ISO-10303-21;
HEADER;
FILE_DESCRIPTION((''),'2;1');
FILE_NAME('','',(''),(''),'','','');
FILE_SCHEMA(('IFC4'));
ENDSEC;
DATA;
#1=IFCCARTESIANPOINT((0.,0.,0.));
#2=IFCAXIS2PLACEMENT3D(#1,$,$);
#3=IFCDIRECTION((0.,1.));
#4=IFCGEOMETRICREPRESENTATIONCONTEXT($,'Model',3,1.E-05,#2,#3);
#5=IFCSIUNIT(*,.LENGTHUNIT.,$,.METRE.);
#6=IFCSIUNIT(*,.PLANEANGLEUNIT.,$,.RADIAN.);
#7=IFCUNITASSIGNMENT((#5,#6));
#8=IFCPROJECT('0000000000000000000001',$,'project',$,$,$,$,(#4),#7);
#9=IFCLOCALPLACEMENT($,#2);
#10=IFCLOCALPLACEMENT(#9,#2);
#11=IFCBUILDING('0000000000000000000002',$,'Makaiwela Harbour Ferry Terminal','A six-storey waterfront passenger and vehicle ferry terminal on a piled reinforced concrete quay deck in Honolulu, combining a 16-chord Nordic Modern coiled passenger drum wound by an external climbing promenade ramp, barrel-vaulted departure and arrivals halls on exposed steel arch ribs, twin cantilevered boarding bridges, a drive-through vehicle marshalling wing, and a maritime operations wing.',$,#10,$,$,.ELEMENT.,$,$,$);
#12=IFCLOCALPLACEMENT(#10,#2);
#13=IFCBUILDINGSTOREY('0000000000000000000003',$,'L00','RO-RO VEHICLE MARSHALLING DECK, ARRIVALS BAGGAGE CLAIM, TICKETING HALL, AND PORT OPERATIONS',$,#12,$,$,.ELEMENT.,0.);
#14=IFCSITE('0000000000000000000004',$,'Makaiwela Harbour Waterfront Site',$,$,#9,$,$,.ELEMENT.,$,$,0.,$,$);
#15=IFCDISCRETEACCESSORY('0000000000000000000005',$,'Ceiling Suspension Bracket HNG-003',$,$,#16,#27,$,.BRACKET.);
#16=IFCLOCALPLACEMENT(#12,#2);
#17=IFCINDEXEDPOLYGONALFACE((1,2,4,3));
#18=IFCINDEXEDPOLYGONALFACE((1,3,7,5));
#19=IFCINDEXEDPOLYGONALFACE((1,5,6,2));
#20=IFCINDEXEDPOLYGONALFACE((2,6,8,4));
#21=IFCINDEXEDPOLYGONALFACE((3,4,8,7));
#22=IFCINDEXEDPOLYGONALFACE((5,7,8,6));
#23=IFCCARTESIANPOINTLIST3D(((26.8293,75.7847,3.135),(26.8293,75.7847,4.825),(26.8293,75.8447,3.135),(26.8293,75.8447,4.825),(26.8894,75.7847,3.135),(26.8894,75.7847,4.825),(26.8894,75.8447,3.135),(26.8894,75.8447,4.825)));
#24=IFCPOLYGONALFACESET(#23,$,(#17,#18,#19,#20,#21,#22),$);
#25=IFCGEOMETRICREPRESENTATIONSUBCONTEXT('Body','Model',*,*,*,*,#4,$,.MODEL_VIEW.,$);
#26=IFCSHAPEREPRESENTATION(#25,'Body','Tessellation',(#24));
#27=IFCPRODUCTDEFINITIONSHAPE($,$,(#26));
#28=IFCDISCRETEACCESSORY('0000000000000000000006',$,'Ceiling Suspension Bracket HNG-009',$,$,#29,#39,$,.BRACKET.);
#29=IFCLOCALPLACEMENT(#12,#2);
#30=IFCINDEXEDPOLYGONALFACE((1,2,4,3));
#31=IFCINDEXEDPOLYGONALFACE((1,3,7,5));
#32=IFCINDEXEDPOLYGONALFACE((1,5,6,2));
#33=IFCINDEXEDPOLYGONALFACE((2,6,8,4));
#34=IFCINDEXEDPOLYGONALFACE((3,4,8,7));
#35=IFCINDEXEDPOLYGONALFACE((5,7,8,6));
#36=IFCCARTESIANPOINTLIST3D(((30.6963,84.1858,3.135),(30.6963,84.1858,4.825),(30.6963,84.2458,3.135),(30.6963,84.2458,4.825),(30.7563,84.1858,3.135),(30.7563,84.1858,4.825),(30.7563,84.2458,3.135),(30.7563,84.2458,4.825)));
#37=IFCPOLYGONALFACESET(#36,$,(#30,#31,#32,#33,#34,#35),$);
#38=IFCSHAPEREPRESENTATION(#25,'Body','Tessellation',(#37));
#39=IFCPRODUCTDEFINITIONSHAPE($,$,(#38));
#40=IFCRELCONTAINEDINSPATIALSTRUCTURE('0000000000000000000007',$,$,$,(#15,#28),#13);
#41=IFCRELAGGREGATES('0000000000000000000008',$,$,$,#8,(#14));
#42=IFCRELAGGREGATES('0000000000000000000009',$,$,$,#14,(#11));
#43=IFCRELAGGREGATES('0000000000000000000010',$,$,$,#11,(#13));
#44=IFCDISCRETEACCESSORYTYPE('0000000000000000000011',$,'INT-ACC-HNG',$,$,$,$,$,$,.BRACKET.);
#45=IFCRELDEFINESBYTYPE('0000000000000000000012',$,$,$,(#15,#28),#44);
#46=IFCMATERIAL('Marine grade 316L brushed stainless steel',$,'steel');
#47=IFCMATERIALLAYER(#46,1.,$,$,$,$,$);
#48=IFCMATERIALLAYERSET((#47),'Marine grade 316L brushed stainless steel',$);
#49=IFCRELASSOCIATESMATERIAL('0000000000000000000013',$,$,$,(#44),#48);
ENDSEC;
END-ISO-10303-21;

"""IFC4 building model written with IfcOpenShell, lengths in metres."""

from ifc_helpers import new_model, si_unit, direction, frame, origin, origin_2d, place, context, subcontext, project, spatial, rectangle, extrude, material, layer, layer_set, type_object, element, save


model = new_model("IFC4")

# Units and contexts
model_context = context("Model", 3, precision=1e-05, world=origin(), true_north=direction((0.0, 1.0)))
body_context = subcontext(model_context, "Body", "Model", "MODEL_VIEW")
ifc_project = project(units=[si_unit("LENGTHUNIT", "METRE"), si_unit("PLANEANGLEUNIT", "RADIAN")], contexts=[model_context])

# Site, building, storey
site_placement = place(None, origin())
site = spatial("IfcSite", under=ifc_project, at=site_placement, Name="Makaiwela Harbour Waterfront Site", CompositionType="ELEMENT", RefElevation=0.0)
building_placement = place(site_placement, origin())
building = spatial("IfcBuilding", under=site, at=building_placement, Name="Makaiwela Harbour Ferry Terminal", Description="A six-storey waterfront passenger and vehicle ferry terminal on a piled reinforced concrete quay deck in Honolulu, combining a 16-chord Nordic Modern coiled passenger drum wound by an external climbing promenade ramp, barrel-vaulted departure and arrivals halls on exposed steel arch ribs, twin cantilevered boarding bridges, a drive-through vehicle marshalling wing, and a maritime operations wing.", CompositionType="ELEMENT")
storey_placement = place(building_placement, origin())
storey = spatial("IfcBuildingStorey", under=building, at=storey_placement, Name="L00", Description="RO-RO VEHICLE MARSHALLING DECK, ARRIVALS BAGGAGE CLAIM, TICKETING HALL, AND PORT OPERATIONS", CompositionType="ELEMENT", Elevation=0.0)

# Shared definitions
ifc_material_1 = material(Name="Marine grade 316L brushed stainless steel", Category="steel")

# Discrete accessories
ifc_layer_1 = layer(ifc_material_1, 1.0)
ifc_layer_set_1 = layer_set([ifc_layer_1], Name="Marine grade 316L brushed stainless steel")
discrete_accessory_type = type_object("IfcDiscreteAccessoryType", Name="INT-ACC-HNG", PredefinedType="BRACKET", material=ifc_layer_set_1)
for number, where, z_axis, x_axis, name in (
    (1, (26.8594, 75.8147, 3.135), (0.0, 0.0, 1.0), (1.0, 0.0, 0.0), "Ceiling Suspension Bracket HNG-003"),
    (2, (30.7263, 84.2158, 3.135), (0.0, 0.0, 1.0), (1.0, 0.0, 0.0), "Ceiling Suspension Bracket HNG-009"),
):
    element("IfcDiscreteAccessory", number, at=place(storey_placement, frame(where, z_axis=z_axis, x_axis=x_axis)), inside=storey, type_object=discrete_accessory_type, Name=name, PredefinedType="BRACKET", context=body_context, shape_type="SweptSolid", body=[
        extrude(rectangle(XDim=0.0601, YDim=0.0601, at=origin_2d()), origin(), (0.0, 0.0, 1.0), 1.6899),
    ])

save(model, "model.ifc")
